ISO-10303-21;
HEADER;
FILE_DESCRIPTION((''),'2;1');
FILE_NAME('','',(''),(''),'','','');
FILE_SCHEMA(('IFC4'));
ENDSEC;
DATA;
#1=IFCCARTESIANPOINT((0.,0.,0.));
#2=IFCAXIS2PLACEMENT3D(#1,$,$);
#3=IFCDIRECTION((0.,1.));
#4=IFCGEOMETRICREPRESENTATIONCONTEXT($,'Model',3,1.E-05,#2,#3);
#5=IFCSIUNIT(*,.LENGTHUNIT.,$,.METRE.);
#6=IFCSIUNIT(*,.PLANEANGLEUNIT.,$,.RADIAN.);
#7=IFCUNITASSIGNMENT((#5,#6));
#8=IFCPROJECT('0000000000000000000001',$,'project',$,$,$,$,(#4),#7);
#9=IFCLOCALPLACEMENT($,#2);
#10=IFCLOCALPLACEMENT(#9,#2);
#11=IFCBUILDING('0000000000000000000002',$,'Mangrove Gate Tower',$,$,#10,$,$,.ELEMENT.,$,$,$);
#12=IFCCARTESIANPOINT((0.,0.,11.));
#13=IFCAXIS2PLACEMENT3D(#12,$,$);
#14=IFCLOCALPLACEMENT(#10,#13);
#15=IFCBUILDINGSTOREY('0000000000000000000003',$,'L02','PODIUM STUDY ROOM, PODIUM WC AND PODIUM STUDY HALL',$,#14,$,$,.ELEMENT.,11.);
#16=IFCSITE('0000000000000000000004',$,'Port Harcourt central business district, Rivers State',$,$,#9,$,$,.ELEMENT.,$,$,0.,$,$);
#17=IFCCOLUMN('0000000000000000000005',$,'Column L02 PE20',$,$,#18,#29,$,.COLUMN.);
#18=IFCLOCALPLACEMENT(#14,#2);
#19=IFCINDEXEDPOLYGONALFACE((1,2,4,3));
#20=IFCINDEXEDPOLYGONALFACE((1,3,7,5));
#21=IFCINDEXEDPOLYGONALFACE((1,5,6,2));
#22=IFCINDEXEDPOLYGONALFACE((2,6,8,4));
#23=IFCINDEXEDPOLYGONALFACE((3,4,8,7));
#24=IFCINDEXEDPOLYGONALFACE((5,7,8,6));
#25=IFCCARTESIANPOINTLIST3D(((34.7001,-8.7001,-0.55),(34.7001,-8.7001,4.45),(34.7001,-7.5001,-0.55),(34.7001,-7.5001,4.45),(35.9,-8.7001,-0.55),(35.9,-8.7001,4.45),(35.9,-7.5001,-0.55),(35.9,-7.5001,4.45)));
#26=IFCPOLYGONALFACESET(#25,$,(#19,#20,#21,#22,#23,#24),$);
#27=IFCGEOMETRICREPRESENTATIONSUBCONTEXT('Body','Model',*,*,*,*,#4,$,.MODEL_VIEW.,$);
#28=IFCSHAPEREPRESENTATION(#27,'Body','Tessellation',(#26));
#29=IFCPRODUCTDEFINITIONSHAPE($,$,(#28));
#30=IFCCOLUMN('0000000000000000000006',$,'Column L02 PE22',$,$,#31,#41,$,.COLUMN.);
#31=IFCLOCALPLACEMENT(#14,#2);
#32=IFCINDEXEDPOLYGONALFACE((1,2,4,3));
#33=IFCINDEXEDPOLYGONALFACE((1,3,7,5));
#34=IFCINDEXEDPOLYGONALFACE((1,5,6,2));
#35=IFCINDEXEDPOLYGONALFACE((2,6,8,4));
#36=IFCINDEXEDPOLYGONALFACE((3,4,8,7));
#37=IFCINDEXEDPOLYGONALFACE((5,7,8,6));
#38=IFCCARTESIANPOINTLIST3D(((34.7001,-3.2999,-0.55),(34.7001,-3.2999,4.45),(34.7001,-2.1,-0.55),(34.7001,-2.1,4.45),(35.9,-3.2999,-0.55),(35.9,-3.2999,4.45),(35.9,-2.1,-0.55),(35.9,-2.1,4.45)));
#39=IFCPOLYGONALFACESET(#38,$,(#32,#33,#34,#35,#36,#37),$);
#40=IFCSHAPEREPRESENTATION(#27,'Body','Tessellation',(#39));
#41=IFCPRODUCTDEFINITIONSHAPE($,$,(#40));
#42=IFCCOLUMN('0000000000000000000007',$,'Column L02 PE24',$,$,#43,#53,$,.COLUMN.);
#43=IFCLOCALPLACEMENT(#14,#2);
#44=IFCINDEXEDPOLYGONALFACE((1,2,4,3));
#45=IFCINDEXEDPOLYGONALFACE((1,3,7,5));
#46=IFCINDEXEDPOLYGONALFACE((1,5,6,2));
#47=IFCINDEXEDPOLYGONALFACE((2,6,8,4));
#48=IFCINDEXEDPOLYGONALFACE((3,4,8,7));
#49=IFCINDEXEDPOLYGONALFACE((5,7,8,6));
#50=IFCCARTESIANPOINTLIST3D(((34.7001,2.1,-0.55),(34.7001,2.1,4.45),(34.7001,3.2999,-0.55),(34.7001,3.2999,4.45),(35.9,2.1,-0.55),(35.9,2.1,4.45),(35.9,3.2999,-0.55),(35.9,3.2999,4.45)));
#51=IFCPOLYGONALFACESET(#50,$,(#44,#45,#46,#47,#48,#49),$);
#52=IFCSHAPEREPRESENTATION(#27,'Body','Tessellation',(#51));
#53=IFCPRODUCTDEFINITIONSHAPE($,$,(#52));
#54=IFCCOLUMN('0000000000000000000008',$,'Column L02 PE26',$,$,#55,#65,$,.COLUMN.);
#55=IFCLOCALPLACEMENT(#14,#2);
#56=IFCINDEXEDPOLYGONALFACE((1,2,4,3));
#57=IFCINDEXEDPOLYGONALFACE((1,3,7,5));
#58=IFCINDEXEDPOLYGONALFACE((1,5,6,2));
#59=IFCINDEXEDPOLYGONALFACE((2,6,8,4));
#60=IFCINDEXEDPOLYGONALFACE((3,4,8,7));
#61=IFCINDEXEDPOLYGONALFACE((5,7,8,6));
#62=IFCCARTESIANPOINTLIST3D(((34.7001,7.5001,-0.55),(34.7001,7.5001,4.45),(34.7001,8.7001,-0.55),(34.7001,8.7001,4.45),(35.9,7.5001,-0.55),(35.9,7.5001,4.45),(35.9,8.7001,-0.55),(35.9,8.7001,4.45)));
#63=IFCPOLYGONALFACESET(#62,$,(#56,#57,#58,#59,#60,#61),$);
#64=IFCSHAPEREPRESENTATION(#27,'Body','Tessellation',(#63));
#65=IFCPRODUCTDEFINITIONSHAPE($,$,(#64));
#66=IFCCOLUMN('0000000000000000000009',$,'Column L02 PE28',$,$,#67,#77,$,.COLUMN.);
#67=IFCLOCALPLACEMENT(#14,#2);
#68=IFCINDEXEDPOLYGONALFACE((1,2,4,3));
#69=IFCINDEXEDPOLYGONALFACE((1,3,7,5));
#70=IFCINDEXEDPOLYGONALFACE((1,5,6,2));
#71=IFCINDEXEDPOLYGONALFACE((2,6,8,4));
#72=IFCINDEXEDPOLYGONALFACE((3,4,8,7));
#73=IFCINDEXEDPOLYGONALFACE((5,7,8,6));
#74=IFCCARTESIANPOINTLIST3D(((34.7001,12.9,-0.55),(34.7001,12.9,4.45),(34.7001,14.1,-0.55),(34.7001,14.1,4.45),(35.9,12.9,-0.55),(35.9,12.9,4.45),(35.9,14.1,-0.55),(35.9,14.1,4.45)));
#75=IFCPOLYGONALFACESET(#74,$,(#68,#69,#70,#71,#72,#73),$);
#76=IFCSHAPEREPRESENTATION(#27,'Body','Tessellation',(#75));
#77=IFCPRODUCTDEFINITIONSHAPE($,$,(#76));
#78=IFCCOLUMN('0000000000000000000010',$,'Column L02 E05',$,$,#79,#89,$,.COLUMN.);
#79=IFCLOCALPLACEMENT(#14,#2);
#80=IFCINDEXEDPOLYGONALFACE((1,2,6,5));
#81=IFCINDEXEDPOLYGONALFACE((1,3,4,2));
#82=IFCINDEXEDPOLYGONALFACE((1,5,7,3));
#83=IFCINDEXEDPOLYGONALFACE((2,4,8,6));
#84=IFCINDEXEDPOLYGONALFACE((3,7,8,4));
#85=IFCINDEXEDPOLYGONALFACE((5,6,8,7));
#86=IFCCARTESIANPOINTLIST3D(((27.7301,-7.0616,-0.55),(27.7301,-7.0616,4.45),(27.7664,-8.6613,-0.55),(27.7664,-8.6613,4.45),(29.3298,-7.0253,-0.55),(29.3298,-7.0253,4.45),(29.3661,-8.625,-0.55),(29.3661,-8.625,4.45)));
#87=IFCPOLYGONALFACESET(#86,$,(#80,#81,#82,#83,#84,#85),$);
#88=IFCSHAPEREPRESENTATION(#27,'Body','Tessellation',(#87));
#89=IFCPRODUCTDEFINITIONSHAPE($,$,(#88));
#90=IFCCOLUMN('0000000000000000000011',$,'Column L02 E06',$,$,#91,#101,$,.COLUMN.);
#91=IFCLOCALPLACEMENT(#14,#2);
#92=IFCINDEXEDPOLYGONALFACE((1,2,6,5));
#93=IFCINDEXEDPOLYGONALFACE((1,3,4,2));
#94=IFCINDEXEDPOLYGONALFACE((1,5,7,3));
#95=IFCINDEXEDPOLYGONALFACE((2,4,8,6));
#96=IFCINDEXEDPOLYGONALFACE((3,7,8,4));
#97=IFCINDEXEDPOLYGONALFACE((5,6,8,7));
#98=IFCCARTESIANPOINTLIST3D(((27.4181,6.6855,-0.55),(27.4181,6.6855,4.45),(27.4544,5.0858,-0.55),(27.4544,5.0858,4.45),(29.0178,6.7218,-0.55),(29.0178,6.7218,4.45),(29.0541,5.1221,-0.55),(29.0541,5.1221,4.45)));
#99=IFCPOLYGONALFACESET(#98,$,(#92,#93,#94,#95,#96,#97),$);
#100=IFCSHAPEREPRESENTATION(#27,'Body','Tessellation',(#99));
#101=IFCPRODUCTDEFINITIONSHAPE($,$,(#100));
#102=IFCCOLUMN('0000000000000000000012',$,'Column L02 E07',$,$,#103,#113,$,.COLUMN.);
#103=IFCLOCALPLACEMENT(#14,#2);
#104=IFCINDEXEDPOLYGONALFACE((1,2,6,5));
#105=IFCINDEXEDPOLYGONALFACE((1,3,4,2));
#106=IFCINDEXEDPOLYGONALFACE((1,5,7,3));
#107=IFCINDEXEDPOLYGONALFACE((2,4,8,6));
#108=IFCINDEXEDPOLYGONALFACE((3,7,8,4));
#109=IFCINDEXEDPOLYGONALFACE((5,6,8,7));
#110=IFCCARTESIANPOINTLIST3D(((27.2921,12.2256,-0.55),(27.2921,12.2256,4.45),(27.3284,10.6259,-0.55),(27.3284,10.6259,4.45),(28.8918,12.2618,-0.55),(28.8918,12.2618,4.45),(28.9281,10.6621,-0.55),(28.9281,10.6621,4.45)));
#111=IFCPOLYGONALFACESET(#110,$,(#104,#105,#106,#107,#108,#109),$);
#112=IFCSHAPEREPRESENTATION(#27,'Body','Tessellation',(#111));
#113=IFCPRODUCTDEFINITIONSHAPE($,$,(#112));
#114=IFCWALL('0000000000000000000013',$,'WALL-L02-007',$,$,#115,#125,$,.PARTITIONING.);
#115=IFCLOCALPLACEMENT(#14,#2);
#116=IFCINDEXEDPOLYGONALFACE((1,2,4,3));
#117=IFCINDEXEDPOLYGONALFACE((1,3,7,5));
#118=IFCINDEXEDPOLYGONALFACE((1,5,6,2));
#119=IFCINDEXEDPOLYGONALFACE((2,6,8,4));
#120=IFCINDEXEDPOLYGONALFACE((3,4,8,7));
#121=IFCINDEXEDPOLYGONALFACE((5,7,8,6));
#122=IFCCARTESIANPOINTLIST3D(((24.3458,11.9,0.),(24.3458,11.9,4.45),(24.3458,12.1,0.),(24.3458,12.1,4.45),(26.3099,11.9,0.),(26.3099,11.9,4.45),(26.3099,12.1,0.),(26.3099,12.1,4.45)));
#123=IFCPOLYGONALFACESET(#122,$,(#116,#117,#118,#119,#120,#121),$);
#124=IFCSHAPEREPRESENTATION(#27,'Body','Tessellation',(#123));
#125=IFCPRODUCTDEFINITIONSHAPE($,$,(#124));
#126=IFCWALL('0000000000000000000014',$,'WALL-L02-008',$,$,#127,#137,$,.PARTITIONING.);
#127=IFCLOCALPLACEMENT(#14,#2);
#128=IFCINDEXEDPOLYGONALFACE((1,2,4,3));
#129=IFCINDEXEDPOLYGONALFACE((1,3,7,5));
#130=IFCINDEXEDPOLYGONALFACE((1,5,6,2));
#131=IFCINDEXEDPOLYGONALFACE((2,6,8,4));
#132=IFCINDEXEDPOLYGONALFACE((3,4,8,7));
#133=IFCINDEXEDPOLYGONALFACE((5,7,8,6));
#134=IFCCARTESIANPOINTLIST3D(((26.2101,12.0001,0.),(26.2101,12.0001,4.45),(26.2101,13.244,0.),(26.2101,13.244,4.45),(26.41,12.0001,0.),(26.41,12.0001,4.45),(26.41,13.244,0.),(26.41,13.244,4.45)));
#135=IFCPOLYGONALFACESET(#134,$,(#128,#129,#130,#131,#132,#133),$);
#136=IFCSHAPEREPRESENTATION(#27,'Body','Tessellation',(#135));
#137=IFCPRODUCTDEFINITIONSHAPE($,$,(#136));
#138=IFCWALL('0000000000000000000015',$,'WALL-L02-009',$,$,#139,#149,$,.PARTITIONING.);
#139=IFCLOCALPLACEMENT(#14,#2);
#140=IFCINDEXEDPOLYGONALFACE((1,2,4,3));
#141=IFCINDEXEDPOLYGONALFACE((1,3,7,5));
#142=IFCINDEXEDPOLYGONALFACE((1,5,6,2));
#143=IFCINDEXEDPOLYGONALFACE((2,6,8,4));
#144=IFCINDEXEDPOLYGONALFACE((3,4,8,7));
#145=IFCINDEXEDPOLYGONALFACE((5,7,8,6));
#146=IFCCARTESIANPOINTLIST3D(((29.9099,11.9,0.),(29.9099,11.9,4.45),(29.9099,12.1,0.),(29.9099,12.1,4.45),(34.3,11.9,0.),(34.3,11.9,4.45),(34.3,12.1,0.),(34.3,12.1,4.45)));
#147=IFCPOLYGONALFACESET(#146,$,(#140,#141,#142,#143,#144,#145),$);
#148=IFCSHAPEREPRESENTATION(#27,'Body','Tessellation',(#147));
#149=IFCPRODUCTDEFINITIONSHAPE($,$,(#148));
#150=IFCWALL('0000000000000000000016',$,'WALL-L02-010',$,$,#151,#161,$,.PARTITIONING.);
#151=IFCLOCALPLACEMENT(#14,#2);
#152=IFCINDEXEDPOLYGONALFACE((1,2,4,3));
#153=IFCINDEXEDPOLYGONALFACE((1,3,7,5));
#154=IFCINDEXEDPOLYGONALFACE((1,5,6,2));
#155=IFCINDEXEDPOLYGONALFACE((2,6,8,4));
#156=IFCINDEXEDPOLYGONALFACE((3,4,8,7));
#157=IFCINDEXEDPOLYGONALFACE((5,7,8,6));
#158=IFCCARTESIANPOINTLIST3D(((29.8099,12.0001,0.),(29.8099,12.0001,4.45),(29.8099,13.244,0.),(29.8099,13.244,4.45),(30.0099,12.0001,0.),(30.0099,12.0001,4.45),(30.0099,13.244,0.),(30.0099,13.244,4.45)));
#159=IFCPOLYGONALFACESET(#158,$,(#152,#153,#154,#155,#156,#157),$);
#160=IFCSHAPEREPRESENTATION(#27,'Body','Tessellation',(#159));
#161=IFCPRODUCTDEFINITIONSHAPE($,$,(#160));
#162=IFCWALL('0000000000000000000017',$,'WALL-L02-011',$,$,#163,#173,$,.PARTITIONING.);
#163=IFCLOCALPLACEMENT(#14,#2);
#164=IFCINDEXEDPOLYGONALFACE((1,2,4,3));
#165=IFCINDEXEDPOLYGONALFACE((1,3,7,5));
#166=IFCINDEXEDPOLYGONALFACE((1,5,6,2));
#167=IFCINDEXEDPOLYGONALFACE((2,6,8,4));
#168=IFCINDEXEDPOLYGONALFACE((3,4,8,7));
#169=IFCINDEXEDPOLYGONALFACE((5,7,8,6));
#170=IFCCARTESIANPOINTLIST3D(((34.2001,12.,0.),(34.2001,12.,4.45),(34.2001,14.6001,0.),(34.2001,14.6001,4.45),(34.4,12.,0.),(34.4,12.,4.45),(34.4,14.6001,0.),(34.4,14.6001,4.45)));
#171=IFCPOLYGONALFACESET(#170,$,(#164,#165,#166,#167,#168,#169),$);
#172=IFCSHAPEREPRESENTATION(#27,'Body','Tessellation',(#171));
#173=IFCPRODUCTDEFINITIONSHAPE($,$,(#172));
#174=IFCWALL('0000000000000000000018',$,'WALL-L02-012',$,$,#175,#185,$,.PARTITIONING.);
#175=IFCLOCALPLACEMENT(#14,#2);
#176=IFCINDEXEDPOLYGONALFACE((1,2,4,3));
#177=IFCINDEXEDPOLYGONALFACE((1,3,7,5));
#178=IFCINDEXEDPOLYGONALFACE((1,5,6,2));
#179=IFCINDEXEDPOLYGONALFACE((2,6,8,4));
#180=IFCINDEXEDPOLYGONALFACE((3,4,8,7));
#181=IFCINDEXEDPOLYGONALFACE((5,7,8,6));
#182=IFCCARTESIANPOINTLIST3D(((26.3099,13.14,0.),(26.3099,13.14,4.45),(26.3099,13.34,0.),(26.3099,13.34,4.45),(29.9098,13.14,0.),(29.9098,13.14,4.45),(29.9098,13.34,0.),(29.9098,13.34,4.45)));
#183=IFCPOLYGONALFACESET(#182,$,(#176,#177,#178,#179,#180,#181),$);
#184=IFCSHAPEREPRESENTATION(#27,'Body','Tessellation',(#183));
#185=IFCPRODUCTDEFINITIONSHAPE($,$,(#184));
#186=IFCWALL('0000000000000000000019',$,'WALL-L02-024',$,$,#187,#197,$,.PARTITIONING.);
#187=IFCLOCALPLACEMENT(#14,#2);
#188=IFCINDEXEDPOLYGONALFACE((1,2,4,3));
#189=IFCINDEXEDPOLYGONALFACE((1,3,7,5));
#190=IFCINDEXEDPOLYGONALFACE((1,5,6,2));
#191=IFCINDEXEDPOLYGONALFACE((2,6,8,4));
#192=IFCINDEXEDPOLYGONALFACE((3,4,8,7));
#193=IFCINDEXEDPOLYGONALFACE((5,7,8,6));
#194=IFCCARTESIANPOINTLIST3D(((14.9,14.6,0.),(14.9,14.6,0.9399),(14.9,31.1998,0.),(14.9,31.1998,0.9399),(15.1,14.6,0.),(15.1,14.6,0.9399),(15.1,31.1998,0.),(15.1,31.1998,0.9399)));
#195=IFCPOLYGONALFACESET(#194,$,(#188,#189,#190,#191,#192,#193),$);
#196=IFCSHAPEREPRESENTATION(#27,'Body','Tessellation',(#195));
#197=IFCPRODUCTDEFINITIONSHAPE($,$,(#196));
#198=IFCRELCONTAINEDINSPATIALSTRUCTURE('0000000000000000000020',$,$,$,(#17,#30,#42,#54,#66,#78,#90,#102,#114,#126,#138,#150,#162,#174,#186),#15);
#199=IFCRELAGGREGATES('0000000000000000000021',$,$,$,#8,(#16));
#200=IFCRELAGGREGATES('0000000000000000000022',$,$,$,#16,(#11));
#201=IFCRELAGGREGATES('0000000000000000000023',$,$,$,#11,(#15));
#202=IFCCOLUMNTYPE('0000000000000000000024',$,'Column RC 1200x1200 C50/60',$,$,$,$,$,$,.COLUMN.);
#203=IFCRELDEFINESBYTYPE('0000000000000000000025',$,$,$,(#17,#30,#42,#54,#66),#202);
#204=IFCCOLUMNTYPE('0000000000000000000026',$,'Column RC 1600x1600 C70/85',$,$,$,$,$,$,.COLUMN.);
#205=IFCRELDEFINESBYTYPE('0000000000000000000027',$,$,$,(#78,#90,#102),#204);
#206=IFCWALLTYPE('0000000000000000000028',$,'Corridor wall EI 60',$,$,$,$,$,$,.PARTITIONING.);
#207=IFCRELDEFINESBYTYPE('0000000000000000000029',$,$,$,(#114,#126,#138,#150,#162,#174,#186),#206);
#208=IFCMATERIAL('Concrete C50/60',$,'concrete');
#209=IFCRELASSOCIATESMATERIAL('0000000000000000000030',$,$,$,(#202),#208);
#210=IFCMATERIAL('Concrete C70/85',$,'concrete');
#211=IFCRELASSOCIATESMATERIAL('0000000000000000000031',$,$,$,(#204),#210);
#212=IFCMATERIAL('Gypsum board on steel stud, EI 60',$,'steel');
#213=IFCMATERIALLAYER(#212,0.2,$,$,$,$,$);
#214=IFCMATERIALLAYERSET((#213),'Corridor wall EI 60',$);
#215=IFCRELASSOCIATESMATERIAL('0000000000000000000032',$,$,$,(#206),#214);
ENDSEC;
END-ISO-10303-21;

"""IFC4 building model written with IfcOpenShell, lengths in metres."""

from ifc_helpers import new_model, si_unit, direction, frame, frame_2d, origin, origin_2d, place, context, subcontext, project, spatial, rectangle, extrude, material, layer, layer_set, material_profile, profile_set, type_object, element, save


model = new_model("IFC4")

# Units and contexts
model_context = context("Model", 3, precision=1e-05, world=origin(), true_north=direction((0.0, 1.0)))
body_context = subcontext(model_context, "Body", "Model", "MODEL_VIEW")
ifc_project = project(units=[si_unit("LENGTHUNIT", "METRE"), si_unit("PLANEANGLEUNIT", "RADIAN")], contexts=[model_context])

# Site, building, storey
site_placement = place(None, origin())
site = spatial("IfcSite", under=ifc_project, at=site_placement, Name="Port Harcourt central business district, Rivers State", CompositionType="ELEMENT", RefElevation=0.0)
building_placement = place(site_placement, origin())
building = spatial("IfcBuilding", under=site, at=building_placement, Name="Mangrove Gate Tower", CompositionType="ELEMENT")
storey_placement = place(building_placement, frame((0.0, 0.0, 11.0)))
storey = spatial("IfcBuildingStorey", under=building, at=storey_placement, Name="L02", Description="PODIUM STUDY ROOM, PODIUM WC AND PODIUM STUDY HALL", CompositionType="ELEMENT", Elevation=11.0)

# Columns
ifc_material_1 = material(Name="Concrete C50/60", Category="concrete")
ifc_material_profile_1 = material_profile(ifc_material_1, rectangle(XDim=1.2, YDim=1.2, at=origin_2d()))
ifc_profile_set_1 = profile_set([ifc_material_profile_1], Name="Concrete C50/60")
column_type_1 = type_object("IfcColumnType", Name="Column RC 1200x1200 C50/60", PredefinedType="COLUMN", material=ifc_profile_set_1)
for number, where, z_axis, x_axis, name in (
    (1, (35.3, -8.1001, -0.55), (0.0, 0.0, 1.0), (1.0, 0.0, 0.0), "Column L02 PE20"),
    (2, (35.3, -2.7, -0.55), (0.0, 0.0, 1.0), (1.0, 0.0, 0.0), "Column L02 PE22"),
    (3, (35.3, 2.7, -0.55), (0.0, 0.0, 1.0), (1.0, 0.0, 0.0), "Column L02 PE24"),
    (4, (35.3, 8.1001, -0.55), (0.0, 0.0, 1.0), (1.0, 0.0, 0.0), "Column L02 PE26"),
    (5, (35.3, 13.5, -0.55), (0.0, 0.0, 1.0), (1.0, 0.0, 0.0), "Column L02 PE28"),
):
    element("IfcColumn", number, at=place(storey_placement, frame(where, z_axis=z_axis, x_axis=x_axis)), inside=storey, type_object=column_type_1, Name=name, PredefinedType="COLUMN", context=body_context, shape_type="SweptSolid", body=[
        extrude(rectangle(XDim=1.2, YDim=1.2, at=origin_2d()), origin(), (0.0, 0.0, 1.0), 5.0),
    ])
ifc_material_2 = material(Name="Concrete C70/85", Category="concrete")
ifc_material_profile_2 = material_profile(ifc_material_2, rectangle(XDim=1.6001, YDim=1.6001, at=origin_2d()))
ifc_profile_set_2 = profile_set([ifc_material_profile_2], Name="Concrete C70/85")
column_type_2 = type_object("IfcColumnType", Name="Column RC 1600x1600 C70/85", PredefinedType="COLUMN", material=ifc_profile_set_2)
for number, where, z_axis, x_axis, name in (
    (6, (28.5481, -7.8433, -0.55), (0.0, 0.0, 1.0), (-0.022681, 0.999743, 0.0), "Column L02 E05"),
    (7, (28.2361, 5.9038, -0.55), (0.0, 0.0, 1.0), (-0.022704, 0.999742, 0.0), "Column L02 E06"),
    (8, (28.1101, 11.4438, -0.55), (0.0, 0.0, 1.0), (-0.022646, 0.999744, 0.0), "Column L02 E07"),
):
    element("IfcColumn", number, at=place(storey_placement, frame(where, z_axis=z_axis, x_axis=x_axis)), inside=storey, type_object=column_type_2, Name=name, PredefinedType="COLUMN", context=body_context, shape_type="SweptSolid", body=[
        extrude(rectangle(XDim=1.6001, YDim=1.6001, at=origin_2d()), origin(), (0.0, 0.0, 1.0), 5.0),
    ])

# Walls
ifc_material_3 = material(Name="Gypsum board on steel stud, EI 60", Category="steel")
ifc_layer_1 = layer(ifc_material_3, 0.2)
ifc_layer_set_1 = layer_set([ifc_layer_1], Name="Corridor wall EI 60")
wall_type_1 = type_object("IfcWallType", Name="Corridor wall EI 60", PredefinedType="PARTITIONING", material=ifc_layer_set_1)
wall_1_placement = place(storey_placement, frame((24.3459, 12.0, 0.0), z_axis=(0.0, 0.0, 1.0), x_axis=(1.0, 0.0, 0.0)))
element("IfcWall", 9, at=wall_1_placement, inside=storey, type_object=wall_type_1, Name="WALL-L02-007", PredefinedType="PARTITIONING", context=body_context, shape_type="SweptSolid", body=[
    extrude(rectangle(XDim=1.9641, YDim=0.2, at=frame_2d((0.9819, 0.0))), origin(), (0.0, 0.0, 1.0), 4.45),
])
wall_2_placement = place(storey_placement, frame((26.3101, 12.0, 0.0), z_axis=(0.0, 0.0, 1.0), x_axis=(0.0, 1.0, 0.0)))
element("IfcWall", 10, at=wall_2_placement, inside=storey, type_object=wall_type_1, Name="WALL-L02-008", PredefinedType="PARTITIONING", context=body_context, shape_type="SweptSolid", body=[
    extrude(rectangle(XDim=1.2439, YDim=0.2, at=frame_2d((0.6221, 0.0))), origin(), (0.0, 0.0, 1.0), 4.45),
])
wall_3_placement = place(storey_placement, frame((29.9099, 12.0, 0.0), z_axis=(0.0, 0.0, 1.0), x_axis=(1.0, 0.0, 0.0)))
element("IfcWall", 11, at=wall_3_placement, inside=storey, type_object=wall_type_1, Name="WALL-L02-009", PredefinedType="PARTITIONING", context=body_context, shape_type="SweptSolid", body=[
    extrude(rectangle(XDim=4.3901, YDim=0.2, at=frame_2d((2.1951, 0.0))), origin(), (0.0, 0.0, 1.0), 4.45),
])
wall_4_placement = place(storey_placement, frame((29.9099, 12.0, 0.0), z_axis=(0.0, 0.0, 1.0), x_axis=(0.0, 1.0, 0.0)))
element("IfcWall", 12, at=wall_4_placement, inside=storey, type_object=wall_type_1, Name="WALL-L02-010", PredefinedType="PARTITIONING", context=body_context, shape_type="SweptSolid", body=[
    extrude(rectangle(XDim=1.2439, YDim=0.2, at=frame_2d((0.6221, 0.0))), origin(), (0.0, 0.0, 1.0), 4.45),
])
wall_5_placement = place(storey_placement, frame((34.3, 12.0, 0.0), z_axis=(0.0, 0.0, 1.0), x_axis=(0.0, 1.0, 0.0)))
element("IfcWall", 13, at=wall_5_placement, inside=storey, type_object=wall_type_1, Name="WALL-L02-011", PredefinedType="PARTITIONING", context=body_context, shape_type="SweptSolid", body=[
    extrude(rectangle(XDim=2.6001, YDim=0.2, at=frame_2d((1.3, 0.0))), origin(), (0.0, 0.0, 1.0), 4.45),
])
wall_6_placement = place(storey_placement, frame((26.3101, 13.24, 0.0), z_axis=(0.0, 0.0, 1.0), x_axis=(1.0, 0.0, 0.0)))
element("IfcWall", 14, at=wall_6_placement, inside=storey, type_object=wall_type_1, Name="WALL-L02-012", PredefinedType="PARTITIONING", context=body_context, shape_type="SweptSolid", body=[
    extrude(rectangle(XDim=3.5999, YDim=0.2, at=frame_2d((1.7998, 0.0))), origin(), (0.0, 0.0, 1.0), 4.45),
])
wall_7_placement = place(storey_placement, frame((15.0, 14.6001, 0.0), z_axis=(0.0, 0.0, 1.0), x_axis=(0.0, 1.0, 0.0)))
element("IfcWall", 15, at=wall_7_placement, inside=storey, type_object=wall_type_1, Name="WALL-L02-024", PredefinedType="PARTITIONING", context=body_context, shape_type="SweptSolid", body=[
    extrude(rectangle(XDim=16.5999, YDim=0.2, at=frame_2d((8.2998, 0.0))), origin(), (0.0, 0.0, 1.0), 0.9399),
])

save(model, "model.ifc")
